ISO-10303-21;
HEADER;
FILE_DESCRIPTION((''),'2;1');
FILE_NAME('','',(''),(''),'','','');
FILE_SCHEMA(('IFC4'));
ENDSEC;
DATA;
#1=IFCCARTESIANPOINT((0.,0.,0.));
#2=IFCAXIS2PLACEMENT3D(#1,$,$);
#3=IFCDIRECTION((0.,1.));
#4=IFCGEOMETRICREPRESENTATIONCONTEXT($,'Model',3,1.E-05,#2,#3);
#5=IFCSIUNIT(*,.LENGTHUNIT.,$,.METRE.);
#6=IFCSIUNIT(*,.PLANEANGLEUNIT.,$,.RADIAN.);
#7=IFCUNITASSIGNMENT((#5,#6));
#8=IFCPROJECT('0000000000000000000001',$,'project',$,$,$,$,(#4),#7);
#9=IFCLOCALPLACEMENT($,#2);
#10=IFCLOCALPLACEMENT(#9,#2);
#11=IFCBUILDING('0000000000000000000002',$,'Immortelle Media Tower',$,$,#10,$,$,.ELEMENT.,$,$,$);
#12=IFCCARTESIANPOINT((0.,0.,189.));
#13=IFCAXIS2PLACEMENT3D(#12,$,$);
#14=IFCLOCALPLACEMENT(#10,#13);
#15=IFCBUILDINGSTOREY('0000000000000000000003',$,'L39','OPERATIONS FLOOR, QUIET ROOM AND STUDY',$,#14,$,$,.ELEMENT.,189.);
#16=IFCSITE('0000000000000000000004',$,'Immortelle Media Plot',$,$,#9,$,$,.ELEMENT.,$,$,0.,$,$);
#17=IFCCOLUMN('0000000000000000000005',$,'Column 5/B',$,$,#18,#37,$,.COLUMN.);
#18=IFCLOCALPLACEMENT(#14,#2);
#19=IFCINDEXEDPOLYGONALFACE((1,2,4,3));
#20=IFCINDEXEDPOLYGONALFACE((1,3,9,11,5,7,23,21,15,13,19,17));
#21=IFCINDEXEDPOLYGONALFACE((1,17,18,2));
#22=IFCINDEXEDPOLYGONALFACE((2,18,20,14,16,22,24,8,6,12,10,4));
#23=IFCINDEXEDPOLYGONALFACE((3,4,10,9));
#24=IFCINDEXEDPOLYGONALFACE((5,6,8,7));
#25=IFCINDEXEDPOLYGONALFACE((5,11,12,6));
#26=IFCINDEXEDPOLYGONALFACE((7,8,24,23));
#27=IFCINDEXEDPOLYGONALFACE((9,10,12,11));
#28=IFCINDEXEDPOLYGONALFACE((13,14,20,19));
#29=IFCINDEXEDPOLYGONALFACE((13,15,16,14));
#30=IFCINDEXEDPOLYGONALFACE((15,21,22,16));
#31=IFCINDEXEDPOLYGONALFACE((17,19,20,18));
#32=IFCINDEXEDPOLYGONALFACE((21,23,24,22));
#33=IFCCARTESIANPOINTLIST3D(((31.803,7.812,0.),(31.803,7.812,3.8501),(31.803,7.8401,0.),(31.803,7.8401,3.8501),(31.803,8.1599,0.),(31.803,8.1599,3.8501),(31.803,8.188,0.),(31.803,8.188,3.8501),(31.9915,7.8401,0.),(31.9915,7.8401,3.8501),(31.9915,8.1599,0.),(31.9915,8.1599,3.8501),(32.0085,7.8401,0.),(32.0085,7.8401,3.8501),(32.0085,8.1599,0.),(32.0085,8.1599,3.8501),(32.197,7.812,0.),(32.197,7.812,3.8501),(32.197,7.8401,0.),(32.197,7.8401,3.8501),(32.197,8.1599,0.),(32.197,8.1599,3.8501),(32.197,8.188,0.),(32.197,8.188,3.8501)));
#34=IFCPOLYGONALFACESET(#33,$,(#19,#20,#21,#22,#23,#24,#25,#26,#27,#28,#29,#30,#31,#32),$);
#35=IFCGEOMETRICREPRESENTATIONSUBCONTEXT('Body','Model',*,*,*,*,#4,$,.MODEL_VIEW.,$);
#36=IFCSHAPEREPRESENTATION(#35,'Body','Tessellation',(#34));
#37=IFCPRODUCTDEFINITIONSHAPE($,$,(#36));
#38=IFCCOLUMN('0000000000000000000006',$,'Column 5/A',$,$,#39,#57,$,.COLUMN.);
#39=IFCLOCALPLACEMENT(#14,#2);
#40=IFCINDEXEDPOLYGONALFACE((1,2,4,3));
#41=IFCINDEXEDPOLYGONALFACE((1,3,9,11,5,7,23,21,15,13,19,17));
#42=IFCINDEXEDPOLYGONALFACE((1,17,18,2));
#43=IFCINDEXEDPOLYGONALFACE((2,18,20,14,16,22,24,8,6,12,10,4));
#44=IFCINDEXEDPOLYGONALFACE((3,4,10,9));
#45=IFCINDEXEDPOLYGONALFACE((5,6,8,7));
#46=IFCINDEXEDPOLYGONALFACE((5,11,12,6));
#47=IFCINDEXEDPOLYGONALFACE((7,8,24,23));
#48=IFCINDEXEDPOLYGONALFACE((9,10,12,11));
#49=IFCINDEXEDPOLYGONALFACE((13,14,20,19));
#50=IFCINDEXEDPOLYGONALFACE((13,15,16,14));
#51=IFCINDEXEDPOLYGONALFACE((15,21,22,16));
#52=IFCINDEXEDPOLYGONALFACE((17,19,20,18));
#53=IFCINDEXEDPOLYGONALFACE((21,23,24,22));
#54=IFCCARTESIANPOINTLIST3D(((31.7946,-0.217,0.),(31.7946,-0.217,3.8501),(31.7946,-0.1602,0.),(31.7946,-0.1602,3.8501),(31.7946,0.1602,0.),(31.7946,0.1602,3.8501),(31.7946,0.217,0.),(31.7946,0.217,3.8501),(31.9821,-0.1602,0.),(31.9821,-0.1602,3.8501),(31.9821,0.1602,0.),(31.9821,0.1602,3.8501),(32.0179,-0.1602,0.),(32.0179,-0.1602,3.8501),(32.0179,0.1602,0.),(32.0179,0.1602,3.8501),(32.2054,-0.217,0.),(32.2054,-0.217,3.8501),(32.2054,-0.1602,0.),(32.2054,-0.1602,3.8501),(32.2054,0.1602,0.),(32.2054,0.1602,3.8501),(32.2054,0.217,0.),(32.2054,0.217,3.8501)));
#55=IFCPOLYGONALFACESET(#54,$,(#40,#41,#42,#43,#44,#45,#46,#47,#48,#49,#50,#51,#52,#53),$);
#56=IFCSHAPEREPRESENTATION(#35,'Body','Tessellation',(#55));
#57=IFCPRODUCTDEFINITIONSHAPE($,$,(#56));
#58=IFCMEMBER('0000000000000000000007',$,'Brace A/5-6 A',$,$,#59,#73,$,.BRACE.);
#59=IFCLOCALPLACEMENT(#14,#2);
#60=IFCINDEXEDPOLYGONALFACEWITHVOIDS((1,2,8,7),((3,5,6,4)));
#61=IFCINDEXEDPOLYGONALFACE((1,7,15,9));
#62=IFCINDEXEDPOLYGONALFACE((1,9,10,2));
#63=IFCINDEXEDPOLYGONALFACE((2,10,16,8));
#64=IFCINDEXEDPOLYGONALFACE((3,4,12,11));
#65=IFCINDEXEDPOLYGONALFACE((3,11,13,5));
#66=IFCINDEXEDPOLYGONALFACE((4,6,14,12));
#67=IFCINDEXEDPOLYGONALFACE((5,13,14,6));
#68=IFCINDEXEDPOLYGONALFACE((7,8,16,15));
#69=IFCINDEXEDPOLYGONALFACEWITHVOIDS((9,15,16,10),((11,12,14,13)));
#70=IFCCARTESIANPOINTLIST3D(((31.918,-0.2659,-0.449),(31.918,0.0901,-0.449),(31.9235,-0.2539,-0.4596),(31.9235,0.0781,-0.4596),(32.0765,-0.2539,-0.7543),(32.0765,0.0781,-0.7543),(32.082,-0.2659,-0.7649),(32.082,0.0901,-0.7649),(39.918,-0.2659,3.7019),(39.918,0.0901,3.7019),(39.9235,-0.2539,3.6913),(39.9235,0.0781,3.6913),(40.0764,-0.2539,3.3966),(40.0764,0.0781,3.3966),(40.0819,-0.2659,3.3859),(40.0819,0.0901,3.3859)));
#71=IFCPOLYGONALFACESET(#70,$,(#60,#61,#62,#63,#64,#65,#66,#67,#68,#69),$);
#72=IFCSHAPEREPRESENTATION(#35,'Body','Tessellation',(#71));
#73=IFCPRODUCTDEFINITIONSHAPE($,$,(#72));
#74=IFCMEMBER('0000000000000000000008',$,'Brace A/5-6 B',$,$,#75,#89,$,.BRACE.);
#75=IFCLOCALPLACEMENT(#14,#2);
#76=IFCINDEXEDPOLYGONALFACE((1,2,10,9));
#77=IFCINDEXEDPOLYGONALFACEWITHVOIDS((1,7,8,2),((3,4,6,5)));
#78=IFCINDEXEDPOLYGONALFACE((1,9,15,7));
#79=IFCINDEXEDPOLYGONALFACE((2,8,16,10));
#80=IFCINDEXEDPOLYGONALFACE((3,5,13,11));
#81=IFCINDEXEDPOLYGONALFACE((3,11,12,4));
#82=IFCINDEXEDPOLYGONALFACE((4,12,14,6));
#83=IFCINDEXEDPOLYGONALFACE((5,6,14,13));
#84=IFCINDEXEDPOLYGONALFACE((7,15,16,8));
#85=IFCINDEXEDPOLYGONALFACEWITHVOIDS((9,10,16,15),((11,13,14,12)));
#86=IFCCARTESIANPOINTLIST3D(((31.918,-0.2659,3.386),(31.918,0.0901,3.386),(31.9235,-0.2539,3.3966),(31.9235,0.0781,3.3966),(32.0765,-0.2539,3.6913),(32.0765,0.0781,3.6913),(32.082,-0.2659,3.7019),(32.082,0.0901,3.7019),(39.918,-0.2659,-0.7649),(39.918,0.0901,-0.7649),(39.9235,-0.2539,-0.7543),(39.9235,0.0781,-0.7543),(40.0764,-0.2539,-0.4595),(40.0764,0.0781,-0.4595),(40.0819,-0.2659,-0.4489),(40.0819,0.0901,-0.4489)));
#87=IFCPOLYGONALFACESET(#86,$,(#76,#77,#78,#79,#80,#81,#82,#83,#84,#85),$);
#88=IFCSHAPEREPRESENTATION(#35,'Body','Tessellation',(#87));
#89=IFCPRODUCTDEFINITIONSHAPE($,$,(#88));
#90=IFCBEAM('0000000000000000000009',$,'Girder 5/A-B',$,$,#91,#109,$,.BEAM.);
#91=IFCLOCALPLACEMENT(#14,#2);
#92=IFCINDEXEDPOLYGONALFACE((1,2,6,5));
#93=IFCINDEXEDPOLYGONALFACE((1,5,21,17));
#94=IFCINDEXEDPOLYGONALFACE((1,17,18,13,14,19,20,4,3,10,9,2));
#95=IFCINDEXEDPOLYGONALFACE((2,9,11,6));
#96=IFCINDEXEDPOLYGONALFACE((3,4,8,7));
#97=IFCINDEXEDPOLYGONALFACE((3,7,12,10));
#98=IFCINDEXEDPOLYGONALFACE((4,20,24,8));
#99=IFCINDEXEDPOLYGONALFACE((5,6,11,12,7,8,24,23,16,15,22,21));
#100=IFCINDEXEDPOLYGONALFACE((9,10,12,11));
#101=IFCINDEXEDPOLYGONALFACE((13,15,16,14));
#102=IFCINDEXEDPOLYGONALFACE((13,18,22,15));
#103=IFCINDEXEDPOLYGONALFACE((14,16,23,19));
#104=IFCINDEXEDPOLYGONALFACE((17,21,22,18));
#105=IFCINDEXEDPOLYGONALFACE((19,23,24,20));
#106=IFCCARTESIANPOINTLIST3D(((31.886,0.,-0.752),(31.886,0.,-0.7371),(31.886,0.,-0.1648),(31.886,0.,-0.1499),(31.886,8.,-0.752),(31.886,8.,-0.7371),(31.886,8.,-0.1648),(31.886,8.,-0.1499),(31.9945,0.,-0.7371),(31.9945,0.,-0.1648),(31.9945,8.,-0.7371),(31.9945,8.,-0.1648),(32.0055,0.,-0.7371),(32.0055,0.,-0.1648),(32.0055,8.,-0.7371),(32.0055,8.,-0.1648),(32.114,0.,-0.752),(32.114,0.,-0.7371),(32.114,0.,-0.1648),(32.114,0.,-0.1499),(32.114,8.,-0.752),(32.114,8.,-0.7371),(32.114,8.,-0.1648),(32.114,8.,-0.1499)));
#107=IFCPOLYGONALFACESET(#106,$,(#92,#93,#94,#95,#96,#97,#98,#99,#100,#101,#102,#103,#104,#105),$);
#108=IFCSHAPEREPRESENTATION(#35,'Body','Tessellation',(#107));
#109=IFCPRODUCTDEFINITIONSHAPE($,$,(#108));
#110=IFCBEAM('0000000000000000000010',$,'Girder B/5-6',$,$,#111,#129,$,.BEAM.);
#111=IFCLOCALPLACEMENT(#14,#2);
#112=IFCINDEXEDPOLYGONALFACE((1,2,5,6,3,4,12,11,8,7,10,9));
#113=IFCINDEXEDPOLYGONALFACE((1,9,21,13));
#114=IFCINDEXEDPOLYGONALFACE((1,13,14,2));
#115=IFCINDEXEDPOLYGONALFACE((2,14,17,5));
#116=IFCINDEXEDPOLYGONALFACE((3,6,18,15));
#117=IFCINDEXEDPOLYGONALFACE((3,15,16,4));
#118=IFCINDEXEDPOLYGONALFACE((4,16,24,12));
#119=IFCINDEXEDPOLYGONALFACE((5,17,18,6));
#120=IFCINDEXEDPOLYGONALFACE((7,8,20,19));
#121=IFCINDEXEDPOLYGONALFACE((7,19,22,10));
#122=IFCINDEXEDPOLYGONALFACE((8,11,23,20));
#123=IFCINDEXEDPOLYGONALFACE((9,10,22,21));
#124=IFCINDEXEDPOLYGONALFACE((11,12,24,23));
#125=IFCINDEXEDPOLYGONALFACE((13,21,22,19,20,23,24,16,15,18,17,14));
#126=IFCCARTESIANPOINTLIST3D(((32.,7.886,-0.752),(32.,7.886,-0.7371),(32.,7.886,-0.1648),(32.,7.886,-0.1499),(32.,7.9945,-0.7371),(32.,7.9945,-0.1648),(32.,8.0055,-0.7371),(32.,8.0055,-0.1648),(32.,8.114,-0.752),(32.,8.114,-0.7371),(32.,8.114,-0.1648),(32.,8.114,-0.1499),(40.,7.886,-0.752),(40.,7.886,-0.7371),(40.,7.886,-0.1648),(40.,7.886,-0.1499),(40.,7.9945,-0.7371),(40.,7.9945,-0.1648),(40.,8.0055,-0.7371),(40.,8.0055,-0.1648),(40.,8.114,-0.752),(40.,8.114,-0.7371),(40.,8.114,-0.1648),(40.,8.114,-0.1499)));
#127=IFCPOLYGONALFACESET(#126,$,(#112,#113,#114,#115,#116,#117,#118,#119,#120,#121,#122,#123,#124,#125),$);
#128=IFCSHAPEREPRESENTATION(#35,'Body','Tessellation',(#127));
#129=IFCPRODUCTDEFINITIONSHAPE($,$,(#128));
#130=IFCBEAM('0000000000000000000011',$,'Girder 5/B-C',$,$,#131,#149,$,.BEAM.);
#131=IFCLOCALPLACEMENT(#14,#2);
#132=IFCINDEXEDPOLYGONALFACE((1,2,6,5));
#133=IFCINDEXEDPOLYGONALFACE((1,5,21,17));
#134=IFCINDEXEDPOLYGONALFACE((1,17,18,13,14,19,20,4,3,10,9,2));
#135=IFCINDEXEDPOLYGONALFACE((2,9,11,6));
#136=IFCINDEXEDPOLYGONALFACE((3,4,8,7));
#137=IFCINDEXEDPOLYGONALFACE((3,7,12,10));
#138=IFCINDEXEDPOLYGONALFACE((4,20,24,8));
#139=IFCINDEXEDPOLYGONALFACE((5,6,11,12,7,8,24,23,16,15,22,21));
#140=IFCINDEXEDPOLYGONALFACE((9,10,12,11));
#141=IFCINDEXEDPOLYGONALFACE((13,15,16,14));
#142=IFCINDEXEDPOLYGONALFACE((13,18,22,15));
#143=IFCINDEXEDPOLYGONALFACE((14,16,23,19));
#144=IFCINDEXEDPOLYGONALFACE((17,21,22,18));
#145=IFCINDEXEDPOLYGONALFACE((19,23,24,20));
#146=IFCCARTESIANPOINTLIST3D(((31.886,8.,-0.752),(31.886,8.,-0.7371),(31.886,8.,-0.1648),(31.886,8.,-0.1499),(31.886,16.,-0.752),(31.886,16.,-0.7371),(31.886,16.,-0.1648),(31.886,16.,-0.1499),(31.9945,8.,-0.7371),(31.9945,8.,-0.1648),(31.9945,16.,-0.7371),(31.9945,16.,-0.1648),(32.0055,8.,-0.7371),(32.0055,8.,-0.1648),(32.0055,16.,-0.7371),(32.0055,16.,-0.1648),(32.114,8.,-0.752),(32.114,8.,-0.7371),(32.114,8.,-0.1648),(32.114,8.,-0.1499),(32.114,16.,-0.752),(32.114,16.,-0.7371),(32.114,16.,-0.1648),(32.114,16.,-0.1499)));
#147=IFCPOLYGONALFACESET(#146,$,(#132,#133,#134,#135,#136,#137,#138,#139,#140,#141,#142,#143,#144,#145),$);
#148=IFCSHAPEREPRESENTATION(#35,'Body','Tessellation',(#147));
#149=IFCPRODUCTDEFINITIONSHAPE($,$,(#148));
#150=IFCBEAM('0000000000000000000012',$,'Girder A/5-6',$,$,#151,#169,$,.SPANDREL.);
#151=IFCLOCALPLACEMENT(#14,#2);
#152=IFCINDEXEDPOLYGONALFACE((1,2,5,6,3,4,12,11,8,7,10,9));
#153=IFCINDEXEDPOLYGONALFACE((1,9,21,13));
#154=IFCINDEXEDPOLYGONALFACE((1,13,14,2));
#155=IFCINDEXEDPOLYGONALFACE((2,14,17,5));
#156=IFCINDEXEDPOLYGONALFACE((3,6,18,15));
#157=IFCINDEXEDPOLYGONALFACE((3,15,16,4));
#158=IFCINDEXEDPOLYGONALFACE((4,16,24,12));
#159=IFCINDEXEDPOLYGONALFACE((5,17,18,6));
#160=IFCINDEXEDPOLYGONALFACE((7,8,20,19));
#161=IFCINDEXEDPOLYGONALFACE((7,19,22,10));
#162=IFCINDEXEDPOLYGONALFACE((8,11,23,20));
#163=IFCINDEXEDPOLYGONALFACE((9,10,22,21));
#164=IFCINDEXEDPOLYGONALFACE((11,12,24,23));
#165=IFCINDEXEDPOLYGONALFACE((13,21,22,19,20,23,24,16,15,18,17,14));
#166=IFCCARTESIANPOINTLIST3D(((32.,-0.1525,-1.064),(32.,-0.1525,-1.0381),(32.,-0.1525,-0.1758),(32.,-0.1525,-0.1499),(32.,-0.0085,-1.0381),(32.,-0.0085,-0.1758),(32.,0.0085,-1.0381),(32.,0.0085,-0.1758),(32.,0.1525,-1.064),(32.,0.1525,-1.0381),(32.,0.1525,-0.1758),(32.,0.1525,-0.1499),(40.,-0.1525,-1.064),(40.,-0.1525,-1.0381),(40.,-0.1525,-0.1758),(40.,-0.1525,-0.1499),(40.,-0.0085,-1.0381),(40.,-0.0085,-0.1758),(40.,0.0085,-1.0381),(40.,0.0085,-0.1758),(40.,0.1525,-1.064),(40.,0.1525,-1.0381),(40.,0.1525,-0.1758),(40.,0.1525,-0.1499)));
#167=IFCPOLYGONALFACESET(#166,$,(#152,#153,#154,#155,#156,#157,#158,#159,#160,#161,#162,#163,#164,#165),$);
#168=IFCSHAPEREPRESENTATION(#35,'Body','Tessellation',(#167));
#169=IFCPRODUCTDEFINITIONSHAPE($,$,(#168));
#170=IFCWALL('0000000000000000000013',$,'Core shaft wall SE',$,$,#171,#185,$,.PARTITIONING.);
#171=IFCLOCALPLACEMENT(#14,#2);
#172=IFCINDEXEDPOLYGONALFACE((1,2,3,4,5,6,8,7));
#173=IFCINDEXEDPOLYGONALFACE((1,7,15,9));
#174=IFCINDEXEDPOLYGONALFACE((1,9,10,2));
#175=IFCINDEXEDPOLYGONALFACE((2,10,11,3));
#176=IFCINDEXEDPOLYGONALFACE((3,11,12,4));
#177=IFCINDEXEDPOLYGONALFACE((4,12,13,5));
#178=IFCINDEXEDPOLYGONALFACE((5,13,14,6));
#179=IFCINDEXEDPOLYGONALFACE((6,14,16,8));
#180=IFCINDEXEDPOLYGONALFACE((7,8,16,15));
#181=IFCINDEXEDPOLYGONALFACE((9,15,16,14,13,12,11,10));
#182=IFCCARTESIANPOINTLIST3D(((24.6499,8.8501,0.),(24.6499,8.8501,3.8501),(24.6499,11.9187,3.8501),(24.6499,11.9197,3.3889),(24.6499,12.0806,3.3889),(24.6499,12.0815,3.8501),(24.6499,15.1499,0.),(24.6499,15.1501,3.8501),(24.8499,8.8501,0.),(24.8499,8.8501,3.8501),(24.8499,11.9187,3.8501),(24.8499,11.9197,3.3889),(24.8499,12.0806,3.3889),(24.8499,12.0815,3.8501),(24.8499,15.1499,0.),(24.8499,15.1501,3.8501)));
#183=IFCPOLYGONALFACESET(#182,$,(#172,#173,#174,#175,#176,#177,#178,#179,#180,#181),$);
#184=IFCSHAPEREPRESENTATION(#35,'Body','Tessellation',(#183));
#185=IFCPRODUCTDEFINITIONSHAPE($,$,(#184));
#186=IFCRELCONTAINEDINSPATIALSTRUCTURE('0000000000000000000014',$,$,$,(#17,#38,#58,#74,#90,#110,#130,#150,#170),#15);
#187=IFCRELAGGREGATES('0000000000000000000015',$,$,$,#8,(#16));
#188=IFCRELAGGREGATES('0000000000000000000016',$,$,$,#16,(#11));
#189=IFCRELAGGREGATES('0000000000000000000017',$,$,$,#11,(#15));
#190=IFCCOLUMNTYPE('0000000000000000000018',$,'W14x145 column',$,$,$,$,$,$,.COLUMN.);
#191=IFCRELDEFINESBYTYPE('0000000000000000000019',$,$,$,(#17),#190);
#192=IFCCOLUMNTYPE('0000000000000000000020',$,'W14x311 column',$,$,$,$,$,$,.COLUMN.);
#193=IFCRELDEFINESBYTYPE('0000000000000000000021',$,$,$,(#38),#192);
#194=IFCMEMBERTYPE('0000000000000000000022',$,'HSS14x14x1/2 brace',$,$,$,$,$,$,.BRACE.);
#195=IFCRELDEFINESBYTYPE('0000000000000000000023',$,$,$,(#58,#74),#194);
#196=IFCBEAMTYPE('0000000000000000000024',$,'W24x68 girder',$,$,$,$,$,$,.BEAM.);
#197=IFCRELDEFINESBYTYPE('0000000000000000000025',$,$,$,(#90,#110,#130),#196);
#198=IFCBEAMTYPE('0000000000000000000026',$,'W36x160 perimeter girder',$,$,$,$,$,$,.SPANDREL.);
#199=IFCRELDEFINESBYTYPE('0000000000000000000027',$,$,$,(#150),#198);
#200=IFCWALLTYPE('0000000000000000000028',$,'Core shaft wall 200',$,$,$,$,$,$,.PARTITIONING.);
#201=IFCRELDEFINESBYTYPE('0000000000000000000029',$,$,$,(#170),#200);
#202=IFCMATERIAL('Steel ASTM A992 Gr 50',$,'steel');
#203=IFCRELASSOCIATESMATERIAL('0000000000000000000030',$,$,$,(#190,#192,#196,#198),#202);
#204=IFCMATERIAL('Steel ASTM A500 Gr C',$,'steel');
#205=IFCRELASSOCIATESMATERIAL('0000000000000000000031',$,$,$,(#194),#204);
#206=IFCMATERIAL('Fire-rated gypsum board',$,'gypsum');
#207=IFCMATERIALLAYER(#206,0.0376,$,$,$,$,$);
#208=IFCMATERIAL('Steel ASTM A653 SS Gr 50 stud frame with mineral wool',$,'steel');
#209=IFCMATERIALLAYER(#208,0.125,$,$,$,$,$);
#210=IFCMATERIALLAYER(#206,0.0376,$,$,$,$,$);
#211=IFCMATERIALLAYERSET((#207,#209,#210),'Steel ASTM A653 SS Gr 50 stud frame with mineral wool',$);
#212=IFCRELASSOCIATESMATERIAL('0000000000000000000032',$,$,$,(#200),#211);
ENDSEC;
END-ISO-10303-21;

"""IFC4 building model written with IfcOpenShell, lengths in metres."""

from ifc_helpers import new_model, si_unit, direction, frame, origin, origin_2d, place, context, subcontext, project, spatial, polyline, hollow_rectangle, i_section, outline, extrude, material, layer, layer_set, material_profile, profile_set, type_object, element, save


model = new_model("IFC4")

# Units and contexts
model_context = context("Model", 3, precision=1e-05, world=origin(), true_north=direction((0.0, 1.0)))
body_context = subcontext(model_context, "Body", "Model", "MODEL_VIEW")
ifc_project = project(units=[si_unit("LENGTHUNIT", "METRE"), si_unit("PLANEANGLEUNIT", "RADIAN")], contexts=[model_context])

# Site, building, storey
site_placement = place(None, origin())
site = spatial("IfcSite", under=ifc_project, at=site_placement, Name="Immortelle Media Plot", CompositionType="ELEMENT", RefElevation=0.0)
building_placement = place(site_placement, origin())
building = spatial("IfcBuilding", under=site, at=building_placement, Name="Immortelle Media Tower", CompositionType="ELEMENT")
storey_placement = place(building_placement, frame((0.0, 0.0, 189.0)))
storey = spatial("IfcBuildingStorey", under=building, at=storey_placement, Name="L39", Description="OPERATIONS FLOOR, QUIET ROOM AND STUDY", CompositionType="ELEMENT", Elevation=189.0)

# Columns
ifc_material_1 = material(Name="Steel ASTM A992 Gr 50", Category="steel")
ifc_material_profile_1 = material_profile(ifc_material_1, i_section(OverallWidth=0.394, OverallDepth=0.376, WebThickness=0.0171, FlangeThickness=0.0281, at=origin_2d()), Name="W14x145")
ifc_profile_set_1 = profile_set([ifc_material_profile_1], Name="Steel ASTM A992 Gr 50")
column_type_1 = type_object("IfcColumnType", Name="W14x145 column", PredefinedType="COLUMN", material=ifc_profile_set_1)
column_1_placement = place(storey_placement, frame((32.0, 8.0, 0.0), z_axis=(0.0, 0.0, 1.0), x_axis=(1.0, 0.0, 0.0)))
element("IfcColumn", 1, at=column_1_placement, inside=storey, type_object=column_type_1, Name="Column 5/B", PredefinedType="COLUMN", context=body_context, shape_type="SweptSolid", body=[
    extrude(i_section(OverallWidth=0.394, OverallDepth=0.376, WebThickness=0.0171, FlangeThickness=0.0281, at=origin_2d()), origin(), (0.0, 0.0, 1.0), 3.8501),
])
ifc_material_profile_2 = material_profile(ifc_material_1, i_section(OverallWidth=0.4109, OverallDepth=0.4341, WebThickness=0.0359, FlangeThickness=0.0569, at=origin_2d()), Name="W14x311")
ifc_profile_set_2 = profile_set([ifc_material_profile_2], Name="Steel ASTM A992 Gr 50")
column_type_2 = type_object("IfcColumnType", Name="W14x311 column", PredefinedType="COLUMN", material=ifc_profile_set_2)
column_2_placement = place(storey_placement, frame((32.0, 0.0, 0.0), z_axis=(0.0, 0.0, 1.0), x_axis=(1.0, 0.0, 0.0)))
element("IfcColumn", 2, at=column_2_placement, inside=storey, type_object=column_type_2, Name="Column 5/A", PredefinedType="COLUMN", context=body_context, shape_type="SweptSolid", body=[
    extrude(i_section(OverallWidth=0.4109, OverallDepth=0.4341, WebThickness=0.0359, FlangeThickness=0.0569, at=origin_2d()), origin(), (0.0, 0.0, 1.0), 3.8501),
])

# Members
ifc_material_2 = material(Name="Steel ASTM A500 Gr C", Category="steel")
ifc_material_profile_3 = material_profile(ifc_material_2, hollow_rectangle(XDim=0.356, YDim=0.356, WallThickness=0.012, at=origin_2d()), Name="HSS14x14x1/2 brace")
ifc_profile_set_3 = profile_set([ifc_material_profile_3], Name="Steel ASTM A500 Gr C")
member_type = type_object("IfcMemberType", Name="HSS14x14x1/2 brace", PredefinedType="BRACE", material=ifc_profile_set_3)
for number, where, z_axis, x_axis, name in (
    (3, (32.0, -0.0879, -0.6069), (0.887631, 0.0, 0.460556), (0.0, 1.0, 0.0), "Brace A/5-6 A"),
    (4, (32.0, -0.0879, 3.5439), (0.887631, 0.0, -0.460556), (0.0, 1.0, 0.0), "Brace A/5-6 B"),
):
    element("IfcMember", number, at=place(storey_placement, frame(where, z_axis=z_axis, x_axis=x_axis)), inside=storey, type_object=member_type, Name=name, PredefinedType="BRACE", context=body_context, shape_type="SweptSolid", body=[
        extrude(hollow_rectangle(XDim=0.356, YDim=0.356, WallThickness=0.012, at=origin_2d()), origin(), (0.0, 0.0, 1.0), 9.0127),
    ])

# Beams
ifc_material_profile_4 = material_profile(ifc_material_1, i_section(OverallWidth=0.228, OverallDepth=0.6021, WebThickness=0.011, FlangeThickness=0.0149, at=origin_2d()), Name="W24x68")
ifc_profile_set_4 = profile_set([ifc_material_profile_4], Name="Steel ASTM A992 Gr 50")
beam_type_1 = type_object("IfcBeamType", Name="W24x68 girder", PredefinedType="BEAM", material=ifc_profile_set_4)
for number, where, z_axis, x_axis, name in (
    (5, (32.0, 0.0, -0.4509), (0.0, 1.0, 0.0), (-1.0, 0.0, 0.0), "Girder 5/A-B"),
    (6, (32.0, 8.0, -0.4509), (1.0, 0.0, 0.0), (0.0, 1.0, 0.0), "Girder B/5-6"),
    (7, (32.0, 8.0, -0.4509), (0.0, 1.0, 0.0), (-1.0, 0.0, 0.0), "Girder 5/B-C"),
):
    element("IfcBeam", number, at=place(storey_placement, frame(where, z_axis=z_axis, x_axis=x_axis)), inside=storey, type_object=beam_type_1, Name=name, PredefinedType="BEAM", context=body_context, shape_type="SweptSolid", body=[
        extrude(i_section(OverallWidth=0.228, OverallDepth=0.6021, WebThickness=0.011, FlangeThickness=0.0149, at=origin_2d()), origin(), (0.0, 0.0, 1.0), 8.0),
    ])
ifc_material_profile_5 = material_profile(ifc_material_1, i_section(OverallWidth=0.3049, OverallDepth=0.9141, WebThickness=0.0171, FlangeThickness=0.0259, at=origin_2d()), Name="W36x160")
ifc_profile_set_5 = profile_set([ifc_material_profile_5], Name="Steel ASTM A992 Gr 50")
beam_type_2 = type_object("IfcBeamType", Name="W36x160 perimeter girder", PredefinedType="SPANDREL", material=ifc_profile_set_5)
beam_placement = place(storey_placement, frame((32.0, 0.0, -0.6069), z_axis=(1.0, 0.0, 0.0), x_axis=(0.0, 1.0, 0.0)))
element("IfcBeam", 8, at=beam_placement, inside=storey, type_object=beam_type_2, Name="Girder A/5-6", PredefinedType="SPANDREL", context=body_context, shape_type="SweptSolid", body=[
    extrude(i_section(OverallWidth=0.3049, OverallDepth=0.9141, WebThickness=0.0171, FlangeThickness=0.0259, at=origin_2d()), origin(), (0.0, 0.0, 1.0), 8.0),
])

# Wall
ifc_material_3 = material(Name="Fire-rated gypsum board", Category="gypsum")
ifc_layer_1 = layer(ifc_material_3, 0.0376)
ifc_material_4 = material(Name="Steel ASTM A653 SS Gr 50 stud frame with mineral wool", Category="steel")
ifc_layer_2 = layer(ifc_material_4, 0.125)
ifc_layer_3 = layer(ifc_material_3, 0.0376)
ifc_layer_set_1 = layer_set([ifc_layer_1, ifc_layer_2, ifc_layer_3], Name="Steel ASTM A653 SS Gr 50 stud frame with mineral wool")
wall_type_1 = type_object("IfcWallType", Name="Core shaft wall 200", PredefinedType="PARTITIONING", material=ifc_layer_set_1)
wall_1_placement = place(storey_placement, frame((24.75, 8.8501, 0.0), z_axis=(0.0, 0.0, 1.0), x_axis=(0.0, 1.0, 0.0)))
element("IfcWall", 9, at=wall_1_placement, inside=storey, type_object=wall_type_1, Name="Core shaft wall SE", PredefinedType="PARTITIONING", context=body_context, shape_type="SweptSolid", body=[
    extrude(outline(polyline([(0.0, 0.0), (6.2998, 0.0), (6.3, 3.8501), (3.2314, 3.8501), (3.2305, 3.3889), (3.0696, 3.3889), (3.0686, 3.8501), (0.0, 3.8501), (0.0, 0.0)])), frame((0.0, 0.1001, 0.0), z_axis=(0.0, -1.0, 0.0), x_axis=(1.0, 0.0, 0.0)), (0.0, 0.0, 1.0), 0.2),
])

save(model, "model.ifc")
